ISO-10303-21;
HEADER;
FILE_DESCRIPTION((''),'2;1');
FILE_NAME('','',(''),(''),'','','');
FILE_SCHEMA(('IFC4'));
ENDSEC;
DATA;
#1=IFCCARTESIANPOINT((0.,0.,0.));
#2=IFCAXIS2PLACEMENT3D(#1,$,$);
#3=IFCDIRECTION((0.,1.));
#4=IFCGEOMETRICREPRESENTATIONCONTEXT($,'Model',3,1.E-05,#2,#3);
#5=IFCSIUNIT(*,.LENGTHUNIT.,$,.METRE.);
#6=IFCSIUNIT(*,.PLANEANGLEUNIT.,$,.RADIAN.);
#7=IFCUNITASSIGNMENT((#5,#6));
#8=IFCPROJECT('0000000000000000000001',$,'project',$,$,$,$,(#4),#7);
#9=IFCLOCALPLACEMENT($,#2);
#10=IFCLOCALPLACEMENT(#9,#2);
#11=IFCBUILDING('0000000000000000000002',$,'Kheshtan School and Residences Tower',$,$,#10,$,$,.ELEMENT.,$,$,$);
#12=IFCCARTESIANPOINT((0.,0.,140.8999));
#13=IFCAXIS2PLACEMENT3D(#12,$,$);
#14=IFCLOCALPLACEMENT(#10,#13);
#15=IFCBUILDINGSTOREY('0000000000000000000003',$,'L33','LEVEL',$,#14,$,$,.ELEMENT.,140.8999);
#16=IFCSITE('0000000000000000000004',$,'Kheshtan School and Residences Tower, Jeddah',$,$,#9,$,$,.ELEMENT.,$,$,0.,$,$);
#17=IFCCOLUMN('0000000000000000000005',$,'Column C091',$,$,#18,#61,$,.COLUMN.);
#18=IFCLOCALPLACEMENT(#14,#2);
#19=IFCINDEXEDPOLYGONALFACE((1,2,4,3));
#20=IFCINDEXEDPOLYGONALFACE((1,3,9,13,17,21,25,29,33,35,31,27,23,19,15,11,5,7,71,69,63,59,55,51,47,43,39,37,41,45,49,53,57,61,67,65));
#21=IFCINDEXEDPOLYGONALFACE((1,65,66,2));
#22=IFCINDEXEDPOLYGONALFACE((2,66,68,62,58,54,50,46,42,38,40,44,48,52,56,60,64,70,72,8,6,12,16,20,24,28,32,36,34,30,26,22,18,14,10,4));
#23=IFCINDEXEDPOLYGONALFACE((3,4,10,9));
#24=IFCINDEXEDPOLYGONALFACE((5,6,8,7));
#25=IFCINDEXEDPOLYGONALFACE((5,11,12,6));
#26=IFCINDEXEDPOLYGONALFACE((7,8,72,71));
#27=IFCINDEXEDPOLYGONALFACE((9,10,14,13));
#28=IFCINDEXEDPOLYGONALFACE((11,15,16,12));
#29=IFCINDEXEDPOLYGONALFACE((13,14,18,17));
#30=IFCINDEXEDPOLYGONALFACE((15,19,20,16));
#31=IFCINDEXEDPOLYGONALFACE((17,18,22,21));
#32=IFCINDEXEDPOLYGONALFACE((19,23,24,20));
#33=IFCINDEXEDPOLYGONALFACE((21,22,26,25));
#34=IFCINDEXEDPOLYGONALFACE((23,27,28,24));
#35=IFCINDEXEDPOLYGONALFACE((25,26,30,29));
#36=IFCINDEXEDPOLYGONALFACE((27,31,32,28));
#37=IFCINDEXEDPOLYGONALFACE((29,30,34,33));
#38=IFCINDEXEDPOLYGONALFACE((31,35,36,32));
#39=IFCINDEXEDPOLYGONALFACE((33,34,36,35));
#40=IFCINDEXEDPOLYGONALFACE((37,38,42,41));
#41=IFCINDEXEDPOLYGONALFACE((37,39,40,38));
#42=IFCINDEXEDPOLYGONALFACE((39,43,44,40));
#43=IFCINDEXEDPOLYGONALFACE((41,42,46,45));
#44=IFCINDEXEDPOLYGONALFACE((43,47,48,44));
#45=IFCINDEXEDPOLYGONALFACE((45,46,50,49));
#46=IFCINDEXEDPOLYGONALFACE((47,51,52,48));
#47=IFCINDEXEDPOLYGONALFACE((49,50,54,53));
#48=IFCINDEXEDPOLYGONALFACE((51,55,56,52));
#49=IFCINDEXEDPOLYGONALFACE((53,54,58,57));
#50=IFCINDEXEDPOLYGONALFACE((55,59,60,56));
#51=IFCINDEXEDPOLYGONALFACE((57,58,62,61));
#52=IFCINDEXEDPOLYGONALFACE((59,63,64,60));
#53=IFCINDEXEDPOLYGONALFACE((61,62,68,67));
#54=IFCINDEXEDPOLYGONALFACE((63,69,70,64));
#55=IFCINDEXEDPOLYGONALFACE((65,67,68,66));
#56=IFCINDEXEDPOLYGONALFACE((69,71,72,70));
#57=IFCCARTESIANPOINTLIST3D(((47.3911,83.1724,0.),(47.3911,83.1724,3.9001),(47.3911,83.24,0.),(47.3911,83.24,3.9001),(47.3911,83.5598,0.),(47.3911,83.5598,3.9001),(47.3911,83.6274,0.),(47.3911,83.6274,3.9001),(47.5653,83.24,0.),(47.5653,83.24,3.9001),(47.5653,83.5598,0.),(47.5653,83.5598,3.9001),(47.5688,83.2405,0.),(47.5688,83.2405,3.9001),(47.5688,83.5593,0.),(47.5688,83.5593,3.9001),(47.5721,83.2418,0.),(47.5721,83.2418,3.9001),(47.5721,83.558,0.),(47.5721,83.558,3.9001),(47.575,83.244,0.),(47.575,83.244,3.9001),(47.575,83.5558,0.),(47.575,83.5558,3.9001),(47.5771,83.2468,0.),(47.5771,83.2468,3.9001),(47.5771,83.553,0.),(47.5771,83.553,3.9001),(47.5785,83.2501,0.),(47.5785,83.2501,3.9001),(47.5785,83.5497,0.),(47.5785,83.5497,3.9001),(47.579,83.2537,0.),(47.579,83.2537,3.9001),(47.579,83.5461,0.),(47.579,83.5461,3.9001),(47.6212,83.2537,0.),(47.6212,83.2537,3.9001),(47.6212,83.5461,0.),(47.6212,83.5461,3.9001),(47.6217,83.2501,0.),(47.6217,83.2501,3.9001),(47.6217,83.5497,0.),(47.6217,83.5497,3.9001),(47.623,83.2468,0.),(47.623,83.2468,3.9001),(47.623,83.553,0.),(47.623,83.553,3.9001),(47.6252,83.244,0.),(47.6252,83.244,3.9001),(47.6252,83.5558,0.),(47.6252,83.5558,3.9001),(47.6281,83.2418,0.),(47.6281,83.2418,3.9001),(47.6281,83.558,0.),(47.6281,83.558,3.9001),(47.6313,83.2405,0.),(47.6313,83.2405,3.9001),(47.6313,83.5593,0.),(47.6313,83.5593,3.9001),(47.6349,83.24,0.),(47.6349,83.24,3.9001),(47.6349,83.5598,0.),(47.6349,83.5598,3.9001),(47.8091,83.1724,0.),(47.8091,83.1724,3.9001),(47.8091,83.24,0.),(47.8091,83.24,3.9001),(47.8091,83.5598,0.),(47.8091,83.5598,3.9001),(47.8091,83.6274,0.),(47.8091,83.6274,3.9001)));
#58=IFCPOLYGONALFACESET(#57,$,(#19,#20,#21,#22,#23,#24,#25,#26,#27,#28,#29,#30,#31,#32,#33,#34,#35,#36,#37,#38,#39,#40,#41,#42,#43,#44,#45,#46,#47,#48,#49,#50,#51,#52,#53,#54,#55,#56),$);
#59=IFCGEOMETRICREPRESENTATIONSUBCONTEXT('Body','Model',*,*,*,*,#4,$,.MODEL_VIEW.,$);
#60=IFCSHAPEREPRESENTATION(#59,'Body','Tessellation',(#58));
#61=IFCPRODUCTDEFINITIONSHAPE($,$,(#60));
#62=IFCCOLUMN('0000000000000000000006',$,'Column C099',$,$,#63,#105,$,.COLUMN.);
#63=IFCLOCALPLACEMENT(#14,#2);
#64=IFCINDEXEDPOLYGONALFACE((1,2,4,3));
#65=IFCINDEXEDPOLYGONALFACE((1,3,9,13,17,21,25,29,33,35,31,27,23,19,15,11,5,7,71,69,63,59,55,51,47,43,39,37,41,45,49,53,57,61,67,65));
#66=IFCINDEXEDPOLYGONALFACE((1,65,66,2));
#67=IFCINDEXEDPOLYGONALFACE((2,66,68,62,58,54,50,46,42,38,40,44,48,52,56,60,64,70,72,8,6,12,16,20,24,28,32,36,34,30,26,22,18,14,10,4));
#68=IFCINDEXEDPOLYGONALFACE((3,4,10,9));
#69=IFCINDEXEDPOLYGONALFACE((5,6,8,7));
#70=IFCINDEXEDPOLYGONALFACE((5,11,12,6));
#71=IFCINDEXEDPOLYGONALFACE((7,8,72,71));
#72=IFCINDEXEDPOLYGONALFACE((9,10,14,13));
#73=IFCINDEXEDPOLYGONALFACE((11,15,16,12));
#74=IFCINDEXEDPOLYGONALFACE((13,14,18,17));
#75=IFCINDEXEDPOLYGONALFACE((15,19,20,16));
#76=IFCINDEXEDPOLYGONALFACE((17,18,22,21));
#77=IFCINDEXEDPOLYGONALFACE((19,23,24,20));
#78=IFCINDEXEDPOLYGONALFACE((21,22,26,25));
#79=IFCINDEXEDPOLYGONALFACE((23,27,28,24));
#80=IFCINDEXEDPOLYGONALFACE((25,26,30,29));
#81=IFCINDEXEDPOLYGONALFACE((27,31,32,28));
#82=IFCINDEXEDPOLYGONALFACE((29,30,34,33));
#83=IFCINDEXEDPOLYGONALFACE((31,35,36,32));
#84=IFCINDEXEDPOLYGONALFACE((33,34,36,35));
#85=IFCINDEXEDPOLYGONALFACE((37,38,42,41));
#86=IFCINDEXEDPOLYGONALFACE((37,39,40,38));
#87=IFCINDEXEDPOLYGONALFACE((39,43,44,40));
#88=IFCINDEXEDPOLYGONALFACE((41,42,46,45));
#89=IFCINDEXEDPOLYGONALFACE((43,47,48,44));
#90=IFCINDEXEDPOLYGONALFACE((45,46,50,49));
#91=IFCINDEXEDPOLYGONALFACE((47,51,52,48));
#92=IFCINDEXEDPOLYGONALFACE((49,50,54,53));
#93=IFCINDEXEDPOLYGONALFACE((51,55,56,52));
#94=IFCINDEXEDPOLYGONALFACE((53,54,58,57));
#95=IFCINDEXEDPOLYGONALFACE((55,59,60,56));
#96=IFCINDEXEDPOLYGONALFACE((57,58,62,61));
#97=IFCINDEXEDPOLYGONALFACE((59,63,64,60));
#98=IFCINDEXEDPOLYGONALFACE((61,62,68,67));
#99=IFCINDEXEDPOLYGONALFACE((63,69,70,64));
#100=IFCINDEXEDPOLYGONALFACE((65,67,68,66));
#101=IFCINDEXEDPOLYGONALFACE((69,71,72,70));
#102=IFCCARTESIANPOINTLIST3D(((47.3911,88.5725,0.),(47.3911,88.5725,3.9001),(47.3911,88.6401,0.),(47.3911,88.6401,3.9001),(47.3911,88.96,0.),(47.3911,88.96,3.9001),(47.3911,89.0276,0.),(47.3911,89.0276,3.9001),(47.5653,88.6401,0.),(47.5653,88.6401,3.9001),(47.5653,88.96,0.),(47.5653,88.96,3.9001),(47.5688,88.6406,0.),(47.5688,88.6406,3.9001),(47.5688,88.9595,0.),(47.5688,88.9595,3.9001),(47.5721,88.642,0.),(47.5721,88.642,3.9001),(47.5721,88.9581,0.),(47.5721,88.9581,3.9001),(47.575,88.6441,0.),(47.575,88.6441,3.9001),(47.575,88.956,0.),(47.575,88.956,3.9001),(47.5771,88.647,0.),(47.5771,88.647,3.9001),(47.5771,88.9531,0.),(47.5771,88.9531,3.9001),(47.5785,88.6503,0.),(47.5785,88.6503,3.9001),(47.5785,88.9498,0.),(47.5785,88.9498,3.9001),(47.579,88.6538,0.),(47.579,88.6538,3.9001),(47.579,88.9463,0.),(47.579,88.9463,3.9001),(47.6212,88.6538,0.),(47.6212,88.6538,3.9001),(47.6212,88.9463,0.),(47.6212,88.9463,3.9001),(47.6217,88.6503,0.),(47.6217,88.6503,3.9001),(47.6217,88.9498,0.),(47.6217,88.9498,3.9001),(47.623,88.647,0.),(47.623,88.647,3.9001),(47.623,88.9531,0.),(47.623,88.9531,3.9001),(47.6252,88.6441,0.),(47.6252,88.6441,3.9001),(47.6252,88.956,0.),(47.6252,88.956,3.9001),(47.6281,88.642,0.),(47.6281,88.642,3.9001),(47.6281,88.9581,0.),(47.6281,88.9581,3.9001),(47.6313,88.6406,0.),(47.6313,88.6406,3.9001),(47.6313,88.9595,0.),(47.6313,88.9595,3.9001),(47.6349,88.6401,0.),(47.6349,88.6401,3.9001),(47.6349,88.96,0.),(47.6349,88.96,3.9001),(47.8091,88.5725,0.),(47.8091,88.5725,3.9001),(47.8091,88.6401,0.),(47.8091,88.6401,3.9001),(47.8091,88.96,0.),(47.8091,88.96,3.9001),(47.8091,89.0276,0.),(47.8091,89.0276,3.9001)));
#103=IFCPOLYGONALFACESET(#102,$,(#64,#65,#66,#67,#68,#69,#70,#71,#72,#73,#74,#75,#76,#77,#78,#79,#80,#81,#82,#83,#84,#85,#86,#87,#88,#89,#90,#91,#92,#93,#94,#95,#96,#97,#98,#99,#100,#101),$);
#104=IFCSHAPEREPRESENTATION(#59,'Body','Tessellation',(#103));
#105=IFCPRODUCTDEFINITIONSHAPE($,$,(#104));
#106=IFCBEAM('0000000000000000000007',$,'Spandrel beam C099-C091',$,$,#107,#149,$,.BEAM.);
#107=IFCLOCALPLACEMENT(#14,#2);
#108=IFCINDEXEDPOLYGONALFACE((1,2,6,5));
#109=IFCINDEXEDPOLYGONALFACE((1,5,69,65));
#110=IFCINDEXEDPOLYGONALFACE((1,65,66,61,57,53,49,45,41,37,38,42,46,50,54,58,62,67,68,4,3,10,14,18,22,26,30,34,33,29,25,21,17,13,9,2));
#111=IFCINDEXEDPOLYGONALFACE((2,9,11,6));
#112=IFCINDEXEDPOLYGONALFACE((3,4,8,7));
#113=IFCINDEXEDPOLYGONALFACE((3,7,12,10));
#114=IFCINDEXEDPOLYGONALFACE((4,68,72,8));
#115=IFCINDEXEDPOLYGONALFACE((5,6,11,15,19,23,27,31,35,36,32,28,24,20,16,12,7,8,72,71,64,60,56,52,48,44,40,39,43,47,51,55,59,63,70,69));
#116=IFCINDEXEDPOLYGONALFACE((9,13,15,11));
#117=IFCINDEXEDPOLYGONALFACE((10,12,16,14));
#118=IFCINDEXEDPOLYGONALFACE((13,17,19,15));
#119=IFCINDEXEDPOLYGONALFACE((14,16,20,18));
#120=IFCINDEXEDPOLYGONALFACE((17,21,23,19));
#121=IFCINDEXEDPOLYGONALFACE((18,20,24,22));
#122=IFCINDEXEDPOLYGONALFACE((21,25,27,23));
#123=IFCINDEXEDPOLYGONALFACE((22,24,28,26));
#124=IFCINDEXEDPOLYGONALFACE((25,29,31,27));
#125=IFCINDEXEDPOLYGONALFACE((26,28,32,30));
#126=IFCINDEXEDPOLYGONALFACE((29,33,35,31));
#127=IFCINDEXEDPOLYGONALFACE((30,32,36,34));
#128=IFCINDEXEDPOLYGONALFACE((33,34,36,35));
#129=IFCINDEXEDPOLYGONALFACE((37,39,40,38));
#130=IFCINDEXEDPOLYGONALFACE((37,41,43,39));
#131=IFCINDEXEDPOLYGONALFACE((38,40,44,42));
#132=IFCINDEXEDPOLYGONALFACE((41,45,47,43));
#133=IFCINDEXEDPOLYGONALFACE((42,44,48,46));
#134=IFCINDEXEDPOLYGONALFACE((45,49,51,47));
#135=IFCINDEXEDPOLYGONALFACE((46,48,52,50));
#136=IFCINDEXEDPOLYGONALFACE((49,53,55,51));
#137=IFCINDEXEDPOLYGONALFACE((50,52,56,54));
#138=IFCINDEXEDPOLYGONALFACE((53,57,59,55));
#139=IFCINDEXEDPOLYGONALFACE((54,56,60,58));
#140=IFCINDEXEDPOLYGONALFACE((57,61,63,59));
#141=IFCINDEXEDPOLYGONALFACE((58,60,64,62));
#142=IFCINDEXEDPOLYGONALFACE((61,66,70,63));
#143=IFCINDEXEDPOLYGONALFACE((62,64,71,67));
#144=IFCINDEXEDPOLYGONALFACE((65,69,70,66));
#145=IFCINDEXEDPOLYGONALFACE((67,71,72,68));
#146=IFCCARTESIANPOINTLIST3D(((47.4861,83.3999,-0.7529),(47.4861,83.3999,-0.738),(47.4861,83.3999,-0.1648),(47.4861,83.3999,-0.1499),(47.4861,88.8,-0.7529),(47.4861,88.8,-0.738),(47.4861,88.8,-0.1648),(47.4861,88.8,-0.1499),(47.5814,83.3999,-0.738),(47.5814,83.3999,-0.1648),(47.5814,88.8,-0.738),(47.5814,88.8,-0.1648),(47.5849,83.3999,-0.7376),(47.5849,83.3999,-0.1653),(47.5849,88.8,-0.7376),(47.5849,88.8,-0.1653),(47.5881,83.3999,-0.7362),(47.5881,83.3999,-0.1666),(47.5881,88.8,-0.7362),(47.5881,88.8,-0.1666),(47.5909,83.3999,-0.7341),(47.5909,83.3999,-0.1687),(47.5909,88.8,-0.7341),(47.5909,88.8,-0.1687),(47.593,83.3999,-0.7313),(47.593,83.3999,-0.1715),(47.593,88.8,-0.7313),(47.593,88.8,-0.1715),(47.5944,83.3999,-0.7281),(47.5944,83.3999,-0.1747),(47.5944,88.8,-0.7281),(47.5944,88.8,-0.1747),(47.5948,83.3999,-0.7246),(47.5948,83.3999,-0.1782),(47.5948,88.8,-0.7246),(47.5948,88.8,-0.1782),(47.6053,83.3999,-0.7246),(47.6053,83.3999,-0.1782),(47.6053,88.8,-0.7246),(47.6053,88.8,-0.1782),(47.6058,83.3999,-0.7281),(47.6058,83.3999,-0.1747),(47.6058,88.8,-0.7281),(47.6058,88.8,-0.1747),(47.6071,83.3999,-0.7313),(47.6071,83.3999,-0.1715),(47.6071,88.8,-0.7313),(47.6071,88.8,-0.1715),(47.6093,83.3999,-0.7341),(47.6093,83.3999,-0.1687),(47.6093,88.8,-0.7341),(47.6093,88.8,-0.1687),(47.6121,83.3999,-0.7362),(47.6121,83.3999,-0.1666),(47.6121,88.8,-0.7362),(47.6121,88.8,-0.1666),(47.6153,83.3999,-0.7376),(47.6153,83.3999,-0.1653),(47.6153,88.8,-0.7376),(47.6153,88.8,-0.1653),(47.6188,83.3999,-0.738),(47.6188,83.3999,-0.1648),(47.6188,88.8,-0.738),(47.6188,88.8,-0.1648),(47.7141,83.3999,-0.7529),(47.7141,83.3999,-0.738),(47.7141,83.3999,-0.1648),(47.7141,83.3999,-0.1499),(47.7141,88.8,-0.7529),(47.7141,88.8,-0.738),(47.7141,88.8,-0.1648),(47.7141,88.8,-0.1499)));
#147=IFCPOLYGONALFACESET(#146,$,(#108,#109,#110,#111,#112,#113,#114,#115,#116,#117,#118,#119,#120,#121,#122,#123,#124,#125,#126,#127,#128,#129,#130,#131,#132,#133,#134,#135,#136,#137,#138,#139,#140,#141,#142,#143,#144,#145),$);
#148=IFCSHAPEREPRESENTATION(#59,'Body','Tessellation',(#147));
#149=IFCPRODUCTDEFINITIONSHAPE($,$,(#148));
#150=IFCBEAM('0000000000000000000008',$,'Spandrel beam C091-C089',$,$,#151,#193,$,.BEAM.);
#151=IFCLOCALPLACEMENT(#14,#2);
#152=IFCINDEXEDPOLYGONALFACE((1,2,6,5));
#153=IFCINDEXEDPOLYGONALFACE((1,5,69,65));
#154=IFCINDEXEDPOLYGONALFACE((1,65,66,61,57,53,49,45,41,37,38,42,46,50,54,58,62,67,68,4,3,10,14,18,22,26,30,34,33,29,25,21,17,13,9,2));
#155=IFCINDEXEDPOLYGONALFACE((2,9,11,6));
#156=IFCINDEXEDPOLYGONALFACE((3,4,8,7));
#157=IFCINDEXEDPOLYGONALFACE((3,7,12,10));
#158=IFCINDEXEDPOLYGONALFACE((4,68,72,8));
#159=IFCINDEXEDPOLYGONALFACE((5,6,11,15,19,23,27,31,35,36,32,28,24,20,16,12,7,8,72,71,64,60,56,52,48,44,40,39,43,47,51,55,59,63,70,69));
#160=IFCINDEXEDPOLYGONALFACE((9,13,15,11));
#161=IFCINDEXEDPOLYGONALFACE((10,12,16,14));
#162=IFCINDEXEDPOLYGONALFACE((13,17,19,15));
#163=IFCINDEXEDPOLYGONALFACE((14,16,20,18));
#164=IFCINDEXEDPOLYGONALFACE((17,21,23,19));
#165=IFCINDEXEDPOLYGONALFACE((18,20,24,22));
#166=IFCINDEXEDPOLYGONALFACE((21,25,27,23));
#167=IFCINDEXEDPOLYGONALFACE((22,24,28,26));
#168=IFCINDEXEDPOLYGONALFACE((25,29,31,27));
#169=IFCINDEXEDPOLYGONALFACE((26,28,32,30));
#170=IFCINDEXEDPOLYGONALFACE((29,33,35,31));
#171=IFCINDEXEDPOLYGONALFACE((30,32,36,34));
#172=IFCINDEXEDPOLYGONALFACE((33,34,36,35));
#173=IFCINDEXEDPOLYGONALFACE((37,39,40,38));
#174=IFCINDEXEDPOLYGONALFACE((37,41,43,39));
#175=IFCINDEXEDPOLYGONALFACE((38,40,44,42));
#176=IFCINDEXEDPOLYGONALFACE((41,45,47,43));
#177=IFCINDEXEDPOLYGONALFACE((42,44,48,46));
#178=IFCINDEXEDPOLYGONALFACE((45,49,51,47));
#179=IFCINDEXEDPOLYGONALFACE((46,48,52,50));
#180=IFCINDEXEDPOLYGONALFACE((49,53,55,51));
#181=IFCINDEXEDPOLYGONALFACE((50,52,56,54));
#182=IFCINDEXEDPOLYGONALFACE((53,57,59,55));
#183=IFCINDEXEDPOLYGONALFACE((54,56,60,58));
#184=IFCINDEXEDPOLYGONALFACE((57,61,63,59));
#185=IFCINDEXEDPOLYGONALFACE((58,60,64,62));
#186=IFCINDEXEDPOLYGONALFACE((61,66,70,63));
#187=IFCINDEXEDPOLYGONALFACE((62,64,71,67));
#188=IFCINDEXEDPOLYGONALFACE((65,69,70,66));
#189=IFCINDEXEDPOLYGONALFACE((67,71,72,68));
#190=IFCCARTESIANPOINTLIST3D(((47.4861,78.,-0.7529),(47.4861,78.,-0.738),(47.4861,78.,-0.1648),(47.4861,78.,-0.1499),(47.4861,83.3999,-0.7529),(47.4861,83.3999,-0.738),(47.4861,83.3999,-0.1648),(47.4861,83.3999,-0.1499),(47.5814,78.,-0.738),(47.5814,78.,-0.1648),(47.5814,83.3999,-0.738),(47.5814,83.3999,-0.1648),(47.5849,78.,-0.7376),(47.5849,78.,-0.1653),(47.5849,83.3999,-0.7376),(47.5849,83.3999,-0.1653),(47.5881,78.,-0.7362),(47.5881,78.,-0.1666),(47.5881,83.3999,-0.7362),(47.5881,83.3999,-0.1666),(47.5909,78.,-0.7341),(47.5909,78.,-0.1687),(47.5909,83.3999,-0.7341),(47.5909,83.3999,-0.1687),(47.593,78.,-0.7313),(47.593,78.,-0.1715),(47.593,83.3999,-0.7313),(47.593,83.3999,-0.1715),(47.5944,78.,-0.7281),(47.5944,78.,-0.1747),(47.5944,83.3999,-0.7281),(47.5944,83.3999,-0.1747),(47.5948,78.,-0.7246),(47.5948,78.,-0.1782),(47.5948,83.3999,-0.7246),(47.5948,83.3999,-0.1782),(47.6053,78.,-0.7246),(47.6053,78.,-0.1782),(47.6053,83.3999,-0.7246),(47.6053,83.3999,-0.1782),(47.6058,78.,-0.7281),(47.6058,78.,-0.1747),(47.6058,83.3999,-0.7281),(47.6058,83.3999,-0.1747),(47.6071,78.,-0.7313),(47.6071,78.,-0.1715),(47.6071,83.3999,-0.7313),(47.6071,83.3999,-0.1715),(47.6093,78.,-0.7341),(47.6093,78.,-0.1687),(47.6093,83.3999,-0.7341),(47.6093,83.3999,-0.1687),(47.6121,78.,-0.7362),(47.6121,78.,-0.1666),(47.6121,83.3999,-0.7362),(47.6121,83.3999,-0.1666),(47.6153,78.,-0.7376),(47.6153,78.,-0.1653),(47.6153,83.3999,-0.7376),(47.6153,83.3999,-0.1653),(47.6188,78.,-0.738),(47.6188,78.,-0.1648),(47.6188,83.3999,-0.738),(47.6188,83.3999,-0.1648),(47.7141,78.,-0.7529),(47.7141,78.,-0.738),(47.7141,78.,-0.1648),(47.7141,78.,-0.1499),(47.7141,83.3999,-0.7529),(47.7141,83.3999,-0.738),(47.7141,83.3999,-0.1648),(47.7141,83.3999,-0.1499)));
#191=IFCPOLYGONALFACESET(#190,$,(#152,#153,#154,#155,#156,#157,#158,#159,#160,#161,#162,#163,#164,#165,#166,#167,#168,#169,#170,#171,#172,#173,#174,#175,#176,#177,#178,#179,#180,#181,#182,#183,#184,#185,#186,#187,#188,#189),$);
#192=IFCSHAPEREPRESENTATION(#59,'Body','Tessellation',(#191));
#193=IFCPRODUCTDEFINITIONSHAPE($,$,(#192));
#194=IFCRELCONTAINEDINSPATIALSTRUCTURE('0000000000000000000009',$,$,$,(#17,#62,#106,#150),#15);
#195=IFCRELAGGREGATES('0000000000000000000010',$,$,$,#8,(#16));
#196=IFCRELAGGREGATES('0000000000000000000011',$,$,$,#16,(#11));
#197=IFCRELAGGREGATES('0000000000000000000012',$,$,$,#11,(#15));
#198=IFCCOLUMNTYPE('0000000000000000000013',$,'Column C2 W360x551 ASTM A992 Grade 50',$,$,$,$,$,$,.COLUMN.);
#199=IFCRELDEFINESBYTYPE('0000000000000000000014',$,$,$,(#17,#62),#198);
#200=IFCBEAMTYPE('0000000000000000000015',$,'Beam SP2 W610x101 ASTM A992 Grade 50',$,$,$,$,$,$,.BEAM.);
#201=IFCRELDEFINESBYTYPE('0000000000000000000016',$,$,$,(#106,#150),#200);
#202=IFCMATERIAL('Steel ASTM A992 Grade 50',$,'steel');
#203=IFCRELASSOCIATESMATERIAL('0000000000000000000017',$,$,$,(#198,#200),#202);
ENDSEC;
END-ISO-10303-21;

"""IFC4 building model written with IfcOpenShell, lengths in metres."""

from ifc_helpers import new_model, si_unit, direction, frame, origin, origin_2d, place, context, subcontext, project, spatial, i_section, extrude, material, material_profile, profile_set, type_object, element, save


model = new_model("IFC4")

# Units and contexts
model_context = context("Model", 3, precision=1e-05, world=origin(), true_north=direction((0.0, 1.0)))
body_context = subcontext(model_context, "Body", "Model", "MODEL_VIEW")
ifc_project = project(units=[si_unit("LENGTHUNIT", "METRE"), si_unit("PLANEANGLEUNIT", "RADIAN")], contexts=[model_context])

# Site, building, storey
site_placement = place(None, origin())
site = spatial("IfcSite", under=ifc_project, at=site_placement, Name="Kheshtan School and Residences Tower, Jeddah", CompositionType="ELEMENT", RefElevation=0.0)
building_placement = place(site_placement, origin())
building = spatial("IfcBuilding", under=site, at=building_placement, Name="Kheshtan School and Residences Tower", CompositionType="ELEMENT")
storey_placement = place(building_placement, frame((0.0, 0.0, 140.8999)))
storey = spatial("IfcBuildingStorey", under=building, at=storey_placement, Name="L33", Description="LEVEL", CompositionType="ELEMENT", Elevation=140.8999)

# Columns
ifc_material_1 = material(Name="Steel ASTM A992 Grade 50", Category="steel")
ifc_material_profile_1 = material_profile(ifc_material_1, i_section(OverallWidth=0.418, OverallDepth=0.4551, WebThickness=0.0422, FlangeThickness=0.0676, FilletRadius=0.0137, at=origin_2d()), Name="W360x551")
ifc_profile_set_1 = profile_set([ifc_material_profile_1], Name="Steel ASTM A992 Grade 50")
column_type = type_object("IfcColumnType", Name="Column C2 W360x551 ASTM A992 Grade 50", PredefinedType="COLUMN", material=ifc_profile_set_1)
for number, where, z_axis, x_axis, name in (
    (1, (47.6001, 83.3999, 0.0), (0.0, 0.0, 1.0), (1.0, 0.0, 0.0), "Column C091"),
    (2, (47.6001, 88.8, 0.0), (0.0, 0.0, 1.0), (1.0, 0.0, 0.0), "Column C099"),
):
    element("IfcColumn", number, at=place(storey_placement, frame(where, z_axis=z_axis, x_axis=x_axis)), inside=storey, type_object=column_type, Name=name, PredefinedType="COLUMN", context=body_context, shape_type="SweptSolid", body=[
        extrude(i_section(OverallWidth=0.418, OverallDepth=0.4551, WebThickness=0.0422, FlangeThickness=0.0676, FilletRadius=0.0137, at=origin_2d()), origin(), (0.0, 0.0, 1.0), 3.9001),
    ])

# Beams
ifc_material_profile_2 = material_profile(ifc_material_1, i_section(OverallWidth=0.228, OverallDepth=0.603, WebThickness=0.0105, FlangeThickness=0.0149, FilletRadius=0.0134, at=origin_2d()), Name="W610x101")
ifc_profile_set_2 = profile_set([ifc_material_profile_2], Name="Steel ASTM A992 Grade 50")
beam_type = type_object("IfcBeamType", Name="Beam SP2 W610x101 ASTM A992 Grade 50", PredefinedType="BEAM", material=ifc_profile_set_2)
beam_1_placement = place(storey_placement, frame((47.6001, 88.8, -0.4514), z_axis=(0.0, -1.0, 0.0), x_axis=(1.0, 0.0, 0.0)))
element("IfcBeam", 3, at=beam_1_placement, inside=storey, type_object=beam_type, Name="Spandrel beam C099-C091", PredefinedType="BEAM", context=body_context, shape_type="SweptSolid", body=[
    extrude(i_section(OverallWidth=0.228, OverallDepth=0.603, WebThickness=0.0105, FlangeThickness=0.0149, FilletRadius=0.0134, at=origin_2d()), origin(), (0.0, 0.0, 1.0), 5.4001),
])
beam_2_placement = place(storey_placement, frame((47.6001, 83.3999, -0.4514), z_axis=(0.0, -1.0, 0.0), x_axis=(1.0, 0.0, 0.0)))
element("IfcBeam", 4, at=beam_2_placement, inside=storey, type_object=beam_type, Name="Spandrel beam C091-C089", PredefinedType="BEAM", context=body_context, shape_type="SweptSolid", body=[
    extrude(i_section(OverallWidth=0.228, OverallDepth=0.603, WebThickness=0.0105, FlangeThickness=0.0149, FilletRadius=0.0134, at=origin_2d()), origin(), (0.0, 0.0, 1.0), 5.3999),
])

save(model, "model.ifc")
